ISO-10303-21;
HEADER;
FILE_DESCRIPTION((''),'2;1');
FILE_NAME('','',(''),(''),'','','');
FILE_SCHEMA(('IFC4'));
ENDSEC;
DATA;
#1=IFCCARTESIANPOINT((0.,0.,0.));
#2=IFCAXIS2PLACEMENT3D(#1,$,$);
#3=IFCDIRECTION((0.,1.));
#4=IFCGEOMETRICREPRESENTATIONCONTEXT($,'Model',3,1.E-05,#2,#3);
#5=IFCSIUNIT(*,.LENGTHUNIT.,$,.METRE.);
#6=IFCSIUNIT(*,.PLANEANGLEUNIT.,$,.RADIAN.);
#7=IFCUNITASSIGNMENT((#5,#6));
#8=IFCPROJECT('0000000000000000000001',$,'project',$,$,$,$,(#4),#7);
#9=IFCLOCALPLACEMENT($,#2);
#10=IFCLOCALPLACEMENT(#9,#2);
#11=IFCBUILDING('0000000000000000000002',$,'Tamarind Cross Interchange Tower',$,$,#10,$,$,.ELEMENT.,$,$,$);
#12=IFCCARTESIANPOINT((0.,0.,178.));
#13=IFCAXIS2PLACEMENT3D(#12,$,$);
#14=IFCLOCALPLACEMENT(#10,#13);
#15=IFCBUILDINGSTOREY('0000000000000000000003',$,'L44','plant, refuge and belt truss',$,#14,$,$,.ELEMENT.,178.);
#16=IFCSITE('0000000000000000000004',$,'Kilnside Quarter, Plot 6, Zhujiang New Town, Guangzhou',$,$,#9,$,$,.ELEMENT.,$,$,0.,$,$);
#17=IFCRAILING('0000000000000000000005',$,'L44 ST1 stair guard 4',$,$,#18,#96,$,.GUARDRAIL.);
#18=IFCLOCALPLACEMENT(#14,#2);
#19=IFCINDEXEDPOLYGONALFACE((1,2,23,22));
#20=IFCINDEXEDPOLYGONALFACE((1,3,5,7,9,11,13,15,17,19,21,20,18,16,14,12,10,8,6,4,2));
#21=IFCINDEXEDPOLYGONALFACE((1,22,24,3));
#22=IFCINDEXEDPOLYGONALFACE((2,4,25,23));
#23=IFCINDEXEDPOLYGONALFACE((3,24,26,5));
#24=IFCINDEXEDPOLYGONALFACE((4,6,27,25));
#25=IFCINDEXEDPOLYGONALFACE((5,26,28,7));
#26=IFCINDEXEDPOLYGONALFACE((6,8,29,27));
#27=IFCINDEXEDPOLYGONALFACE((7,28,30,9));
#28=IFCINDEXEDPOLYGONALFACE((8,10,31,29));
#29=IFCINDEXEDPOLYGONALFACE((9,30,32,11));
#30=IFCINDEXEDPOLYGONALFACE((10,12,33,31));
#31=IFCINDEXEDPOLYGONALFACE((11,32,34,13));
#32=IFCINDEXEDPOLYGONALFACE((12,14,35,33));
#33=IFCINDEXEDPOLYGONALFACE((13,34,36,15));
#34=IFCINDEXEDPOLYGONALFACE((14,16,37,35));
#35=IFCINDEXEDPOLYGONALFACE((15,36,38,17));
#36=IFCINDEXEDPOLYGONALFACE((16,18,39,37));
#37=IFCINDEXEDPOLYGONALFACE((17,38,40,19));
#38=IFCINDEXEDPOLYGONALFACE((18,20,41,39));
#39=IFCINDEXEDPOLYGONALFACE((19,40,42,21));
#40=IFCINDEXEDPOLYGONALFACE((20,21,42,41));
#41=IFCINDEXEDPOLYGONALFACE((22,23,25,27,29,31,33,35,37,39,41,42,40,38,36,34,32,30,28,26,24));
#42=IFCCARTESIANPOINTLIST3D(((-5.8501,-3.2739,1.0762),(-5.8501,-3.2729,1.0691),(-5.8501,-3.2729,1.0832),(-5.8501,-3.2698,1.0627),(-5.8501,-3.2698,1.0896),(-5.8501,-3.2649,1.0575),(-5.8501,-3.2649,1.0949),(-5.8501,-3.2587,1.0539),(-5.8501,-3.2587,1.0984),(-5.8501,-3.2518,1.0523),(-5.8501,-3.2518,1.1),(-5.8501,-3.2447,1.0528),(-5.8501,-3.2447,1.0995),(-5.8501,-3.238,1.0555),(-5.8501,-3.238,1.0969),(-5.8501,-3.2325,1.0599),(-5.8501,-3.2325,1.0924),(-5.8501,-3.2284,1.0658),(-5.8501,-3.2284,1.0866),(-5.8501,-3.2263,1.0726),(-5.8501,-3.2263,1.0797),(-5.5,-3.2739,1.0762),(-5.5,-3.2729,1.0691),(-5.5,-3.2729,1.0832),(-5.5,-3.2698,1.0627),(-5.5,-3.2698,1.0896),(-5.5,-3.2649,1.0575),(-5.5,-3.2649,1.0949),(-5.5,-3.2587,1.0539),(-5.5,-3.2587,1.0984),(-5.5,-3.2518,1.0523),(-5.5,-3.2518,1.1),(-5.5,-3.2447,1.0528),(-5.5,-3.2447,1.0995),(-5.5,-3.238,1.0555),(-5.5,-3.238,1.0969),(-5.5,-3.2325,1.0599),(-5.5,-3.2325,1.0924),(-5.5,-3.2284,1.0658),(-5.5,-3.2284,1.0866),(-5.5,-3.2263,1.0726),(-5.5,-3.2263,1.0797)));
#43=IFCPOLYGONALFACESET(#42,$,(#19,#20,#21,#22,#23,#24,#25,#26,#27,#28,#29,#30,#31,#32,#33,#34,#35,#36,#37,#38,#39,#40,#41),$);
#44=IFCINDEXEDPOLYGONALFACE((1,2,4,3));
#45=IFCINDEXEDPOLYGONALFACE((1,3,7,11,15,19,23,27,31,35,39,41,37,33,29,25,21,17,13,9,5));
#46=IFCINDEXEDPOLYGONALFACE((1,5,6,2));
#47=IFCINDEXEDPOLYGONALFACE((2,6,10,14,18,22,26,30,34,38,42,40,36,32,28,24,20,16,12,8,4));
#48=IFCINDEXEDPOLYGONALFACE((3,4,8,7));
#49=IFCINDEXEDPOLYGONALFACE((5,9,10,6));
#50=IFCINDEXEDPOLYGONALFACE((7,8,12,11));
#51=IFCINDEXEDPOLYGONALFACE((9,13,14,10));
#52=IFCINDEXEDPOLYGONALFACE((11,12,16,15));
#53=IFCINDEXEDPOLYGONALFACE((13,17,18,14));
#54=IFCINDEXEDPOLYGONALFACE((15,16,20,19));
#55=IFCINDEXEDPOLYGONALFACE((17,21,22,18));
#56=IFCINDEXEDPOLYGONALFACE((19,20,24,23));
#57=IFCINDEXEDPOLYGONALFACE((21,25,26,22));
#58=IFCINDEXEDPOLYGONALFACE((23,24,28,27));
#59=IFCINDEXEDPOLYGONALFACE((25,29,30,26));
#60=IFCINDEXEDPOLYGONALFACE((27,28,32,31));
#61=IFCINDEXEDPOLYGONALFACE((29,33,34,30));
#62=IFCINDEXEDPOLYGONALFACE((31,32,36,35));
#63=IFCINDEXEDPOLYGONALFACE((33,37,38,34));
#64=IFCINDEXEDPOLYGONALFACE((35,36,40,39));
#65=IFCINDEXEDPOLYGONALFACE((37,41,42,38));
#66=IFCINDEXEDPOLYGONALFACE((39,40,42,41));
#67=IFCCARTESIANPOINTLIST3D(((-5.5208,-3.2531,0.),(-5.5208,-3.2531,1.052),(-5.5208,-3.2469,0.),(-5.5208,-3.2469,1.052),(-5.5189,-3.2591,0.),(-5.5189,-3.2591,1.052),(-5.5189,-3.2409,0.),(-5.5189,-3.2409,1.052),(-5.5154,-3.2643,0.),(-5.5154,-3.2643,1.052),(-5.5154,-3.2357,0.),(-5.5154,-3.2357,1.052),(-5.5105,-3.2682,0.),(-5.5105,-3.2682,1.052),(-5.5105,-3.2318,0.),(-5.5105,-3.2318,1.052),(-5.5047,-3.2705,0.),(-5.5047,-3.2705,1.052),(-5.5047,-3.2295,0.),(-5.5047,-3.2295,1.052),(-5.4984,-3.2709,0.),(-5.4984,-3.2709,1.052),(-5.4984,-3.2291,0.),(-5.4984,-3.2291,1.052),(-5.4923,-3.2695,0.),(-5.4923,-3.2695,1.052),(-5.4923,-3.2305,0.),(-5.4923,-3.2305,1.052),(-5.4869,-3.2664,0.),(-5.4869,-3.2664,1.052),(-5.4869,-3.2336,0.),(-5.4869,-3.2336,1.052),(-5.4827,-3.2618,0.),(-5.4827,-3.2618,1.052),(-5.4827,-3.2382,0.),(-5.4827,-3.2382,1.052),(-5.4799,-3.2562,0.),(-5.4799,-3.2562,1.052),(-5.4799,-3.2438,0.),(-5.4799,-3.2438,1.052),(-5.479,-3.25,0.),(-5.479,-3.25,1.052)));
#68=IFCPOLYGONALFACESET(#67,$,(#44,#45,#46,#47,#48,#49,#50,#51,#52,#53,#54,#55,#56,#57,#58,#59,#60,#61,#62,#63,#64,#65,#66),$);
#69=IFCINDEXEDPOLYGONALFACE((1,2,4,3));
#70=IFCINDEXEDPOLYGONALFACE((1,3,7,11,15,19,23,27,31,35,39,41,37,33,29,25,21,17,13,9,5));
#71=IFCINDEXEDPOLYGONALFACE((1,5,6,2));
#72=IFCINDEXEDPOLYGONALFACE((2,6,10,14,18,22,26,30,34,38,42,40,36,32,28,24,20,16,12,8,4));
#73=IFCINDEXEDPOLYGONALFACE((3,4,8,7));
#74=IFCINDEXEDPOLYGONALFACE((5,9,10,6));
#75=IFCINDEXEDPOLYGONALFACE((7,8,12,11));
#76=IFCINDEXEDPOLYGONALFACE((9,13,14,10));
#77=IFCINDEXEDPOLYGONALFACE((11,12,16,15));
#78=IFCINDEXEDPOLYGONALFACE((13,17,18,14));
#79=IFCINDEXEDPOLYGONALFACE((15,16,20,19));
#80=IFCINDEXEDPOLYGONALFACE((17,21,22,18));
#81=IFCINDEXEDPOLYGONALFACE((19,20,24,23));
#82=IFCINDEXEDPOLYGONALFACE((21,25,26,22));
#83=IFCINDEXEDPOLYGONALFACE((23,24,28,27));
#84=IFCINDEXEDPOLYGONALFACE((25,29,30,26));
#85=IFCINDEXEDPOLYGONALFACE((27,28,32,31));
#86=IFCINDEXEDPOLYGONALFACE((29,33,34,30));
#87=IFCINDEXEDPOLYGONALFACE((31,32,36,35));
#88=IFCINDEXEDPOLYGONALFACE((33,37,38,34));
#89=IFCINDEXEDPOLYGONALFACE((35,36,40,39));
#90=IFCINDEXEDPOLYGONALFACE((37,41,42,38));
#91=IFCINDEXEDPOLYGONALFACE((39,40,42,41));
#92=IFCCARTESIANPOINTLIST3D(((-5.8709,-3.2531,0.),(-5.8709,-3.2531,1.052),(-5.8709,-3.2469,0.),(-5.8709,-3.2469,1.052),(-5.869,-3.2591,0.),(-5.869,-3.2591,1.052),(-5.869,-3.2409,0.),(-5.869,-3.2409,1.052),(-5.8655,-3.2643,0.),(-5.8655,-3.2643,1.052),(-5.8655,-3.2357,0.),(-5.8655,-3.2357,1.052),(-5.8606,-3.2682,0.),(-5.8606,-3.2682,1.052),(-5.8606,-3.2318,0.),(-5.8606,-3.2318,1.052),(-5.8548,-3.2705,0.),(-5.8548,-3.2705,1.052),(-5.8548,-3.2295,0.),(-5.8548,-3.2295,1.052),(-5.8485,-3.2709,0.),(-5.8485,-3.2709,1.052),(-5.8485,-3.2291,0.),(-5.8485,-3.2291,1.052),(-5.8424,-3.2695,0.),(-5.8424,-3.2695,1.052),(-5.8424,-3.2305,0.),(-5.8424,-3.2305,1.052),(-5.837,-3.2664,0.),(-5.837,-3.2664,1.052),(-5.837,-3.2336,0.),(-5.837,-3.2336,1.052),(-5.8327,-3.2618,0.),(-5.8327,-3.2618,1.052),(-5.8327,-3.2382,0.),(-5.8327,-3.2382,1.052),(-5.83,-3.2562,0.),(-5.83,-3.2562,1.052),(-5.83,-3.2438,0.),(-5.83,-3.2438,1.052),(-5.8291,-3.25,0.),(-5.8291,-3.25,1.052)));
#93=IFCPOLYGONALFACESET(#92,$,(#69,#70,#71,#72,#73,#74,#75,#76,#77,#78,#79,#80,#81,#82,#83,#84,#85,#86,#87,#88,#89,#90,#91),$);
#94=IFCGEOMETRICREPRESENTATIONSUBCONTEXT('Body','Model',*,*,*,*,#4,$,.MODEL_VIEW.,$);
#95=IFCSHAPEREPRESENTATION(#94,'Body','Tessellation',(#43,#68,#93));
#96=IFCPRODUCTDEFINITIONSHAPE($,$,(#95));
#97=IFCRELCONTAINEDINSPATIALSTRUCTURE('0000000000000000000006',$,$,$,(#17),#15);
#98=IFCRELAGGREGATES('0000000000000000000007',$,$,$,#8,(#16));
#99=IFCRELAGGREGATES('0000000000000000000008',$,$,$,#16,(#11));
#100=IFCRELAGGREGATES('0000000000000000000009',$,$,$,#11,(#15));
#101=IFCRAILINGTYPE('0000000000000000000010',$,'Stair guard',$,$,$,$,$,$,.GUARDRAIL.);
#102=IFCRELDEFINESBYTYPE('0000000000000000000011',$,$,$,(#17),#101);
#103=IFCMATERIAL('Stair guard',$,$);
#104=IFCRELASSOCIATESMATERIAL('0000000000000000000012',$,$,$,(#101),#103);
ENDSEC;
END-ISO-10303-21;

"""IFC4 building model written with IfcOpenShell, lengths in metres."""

from ifc_helpers import new_model, si_unit, direction, frame, origin, origin_2d, place, context, subcontext, project, spatial, circle, extrude, material, type_object, element, save


model = new_model("IFC4")

# Units and contexts
model_context = context("Model", 3, precision=1e-05, world=origin(), true_north=direction((0.0, 1.0)))
body_context = subcontext(model_context, "Body", "Model", "MODEL_VIEW")
ifc_project = project(units=[si_unit("LENGTHUNIT", "METRE"), si_unit("PLANEANGLEUNIT", "RADIAN")], contexts=[model_context])

# Site, building, storey
site_placement = place(None, origin())
site = spatial("IfcSite", under=ifc_project, at=site_placement, Name="Kilnside Quarter, Plot 6, Zhujiang New Town, Guangzhou", CompositionType="ELEMENT", RefElevation=0.0)
building_placement = place(site_placement, origin())
building = spatial("IfcBuilding", under=site, at=building_placement, Name="Tamarind Cross Interchange Tower", CompositionType="ELEMENT")
storey_placement = place(building_placement, frame((0.0, 0.0, 178.0)))
storey = spatial("IfcBuildingStorey", under=building, at=storey_placement, Name="L44", Description="plant, refuge and belt truss", CompositionType="ELEMENT", Elevation=178.0)

# Railing
ifc_material_1 = material(Name="Stair guard")
railing_type_1 = type_object("IfcRailingType", Name="Stair guard", PredefinedType="GUARDRAIL", material=ifc_material_1)
railing_1_placement = place(storey_placement, frame((-5.5, -3.25, 0.0)))
element("IfcRailing", 1, at=railing_1_placement, inside=storey, type_object=railing_type_1, Name="L44 ST1 stair guard 4", PredefinedType="GUARDRAIL", context=body_context, shape_type="SweptSolid", body=[
    extrude(circle(Radius=0.0239, at=origin_2d()), frame((0.0, 0.0, 1.0762), z_axis=(-1.0, 0.0, 0.0), x_axis=(0.0, -1.0, 0.0)), (0.0, 0.0, 1.0), 0.3501),
    extrude(circle(Radius=0.021, at=origin_2d()), origin(), (0.0, 0.0, 1.0), 1.052),
    extrude(circle(Radius=0.021, at=origin_2d()), frame((-0.3501, 0.0, 0.0)), (0.0, 0.0, 1.0), 1.052),
])

save(model, "model.ifc")
